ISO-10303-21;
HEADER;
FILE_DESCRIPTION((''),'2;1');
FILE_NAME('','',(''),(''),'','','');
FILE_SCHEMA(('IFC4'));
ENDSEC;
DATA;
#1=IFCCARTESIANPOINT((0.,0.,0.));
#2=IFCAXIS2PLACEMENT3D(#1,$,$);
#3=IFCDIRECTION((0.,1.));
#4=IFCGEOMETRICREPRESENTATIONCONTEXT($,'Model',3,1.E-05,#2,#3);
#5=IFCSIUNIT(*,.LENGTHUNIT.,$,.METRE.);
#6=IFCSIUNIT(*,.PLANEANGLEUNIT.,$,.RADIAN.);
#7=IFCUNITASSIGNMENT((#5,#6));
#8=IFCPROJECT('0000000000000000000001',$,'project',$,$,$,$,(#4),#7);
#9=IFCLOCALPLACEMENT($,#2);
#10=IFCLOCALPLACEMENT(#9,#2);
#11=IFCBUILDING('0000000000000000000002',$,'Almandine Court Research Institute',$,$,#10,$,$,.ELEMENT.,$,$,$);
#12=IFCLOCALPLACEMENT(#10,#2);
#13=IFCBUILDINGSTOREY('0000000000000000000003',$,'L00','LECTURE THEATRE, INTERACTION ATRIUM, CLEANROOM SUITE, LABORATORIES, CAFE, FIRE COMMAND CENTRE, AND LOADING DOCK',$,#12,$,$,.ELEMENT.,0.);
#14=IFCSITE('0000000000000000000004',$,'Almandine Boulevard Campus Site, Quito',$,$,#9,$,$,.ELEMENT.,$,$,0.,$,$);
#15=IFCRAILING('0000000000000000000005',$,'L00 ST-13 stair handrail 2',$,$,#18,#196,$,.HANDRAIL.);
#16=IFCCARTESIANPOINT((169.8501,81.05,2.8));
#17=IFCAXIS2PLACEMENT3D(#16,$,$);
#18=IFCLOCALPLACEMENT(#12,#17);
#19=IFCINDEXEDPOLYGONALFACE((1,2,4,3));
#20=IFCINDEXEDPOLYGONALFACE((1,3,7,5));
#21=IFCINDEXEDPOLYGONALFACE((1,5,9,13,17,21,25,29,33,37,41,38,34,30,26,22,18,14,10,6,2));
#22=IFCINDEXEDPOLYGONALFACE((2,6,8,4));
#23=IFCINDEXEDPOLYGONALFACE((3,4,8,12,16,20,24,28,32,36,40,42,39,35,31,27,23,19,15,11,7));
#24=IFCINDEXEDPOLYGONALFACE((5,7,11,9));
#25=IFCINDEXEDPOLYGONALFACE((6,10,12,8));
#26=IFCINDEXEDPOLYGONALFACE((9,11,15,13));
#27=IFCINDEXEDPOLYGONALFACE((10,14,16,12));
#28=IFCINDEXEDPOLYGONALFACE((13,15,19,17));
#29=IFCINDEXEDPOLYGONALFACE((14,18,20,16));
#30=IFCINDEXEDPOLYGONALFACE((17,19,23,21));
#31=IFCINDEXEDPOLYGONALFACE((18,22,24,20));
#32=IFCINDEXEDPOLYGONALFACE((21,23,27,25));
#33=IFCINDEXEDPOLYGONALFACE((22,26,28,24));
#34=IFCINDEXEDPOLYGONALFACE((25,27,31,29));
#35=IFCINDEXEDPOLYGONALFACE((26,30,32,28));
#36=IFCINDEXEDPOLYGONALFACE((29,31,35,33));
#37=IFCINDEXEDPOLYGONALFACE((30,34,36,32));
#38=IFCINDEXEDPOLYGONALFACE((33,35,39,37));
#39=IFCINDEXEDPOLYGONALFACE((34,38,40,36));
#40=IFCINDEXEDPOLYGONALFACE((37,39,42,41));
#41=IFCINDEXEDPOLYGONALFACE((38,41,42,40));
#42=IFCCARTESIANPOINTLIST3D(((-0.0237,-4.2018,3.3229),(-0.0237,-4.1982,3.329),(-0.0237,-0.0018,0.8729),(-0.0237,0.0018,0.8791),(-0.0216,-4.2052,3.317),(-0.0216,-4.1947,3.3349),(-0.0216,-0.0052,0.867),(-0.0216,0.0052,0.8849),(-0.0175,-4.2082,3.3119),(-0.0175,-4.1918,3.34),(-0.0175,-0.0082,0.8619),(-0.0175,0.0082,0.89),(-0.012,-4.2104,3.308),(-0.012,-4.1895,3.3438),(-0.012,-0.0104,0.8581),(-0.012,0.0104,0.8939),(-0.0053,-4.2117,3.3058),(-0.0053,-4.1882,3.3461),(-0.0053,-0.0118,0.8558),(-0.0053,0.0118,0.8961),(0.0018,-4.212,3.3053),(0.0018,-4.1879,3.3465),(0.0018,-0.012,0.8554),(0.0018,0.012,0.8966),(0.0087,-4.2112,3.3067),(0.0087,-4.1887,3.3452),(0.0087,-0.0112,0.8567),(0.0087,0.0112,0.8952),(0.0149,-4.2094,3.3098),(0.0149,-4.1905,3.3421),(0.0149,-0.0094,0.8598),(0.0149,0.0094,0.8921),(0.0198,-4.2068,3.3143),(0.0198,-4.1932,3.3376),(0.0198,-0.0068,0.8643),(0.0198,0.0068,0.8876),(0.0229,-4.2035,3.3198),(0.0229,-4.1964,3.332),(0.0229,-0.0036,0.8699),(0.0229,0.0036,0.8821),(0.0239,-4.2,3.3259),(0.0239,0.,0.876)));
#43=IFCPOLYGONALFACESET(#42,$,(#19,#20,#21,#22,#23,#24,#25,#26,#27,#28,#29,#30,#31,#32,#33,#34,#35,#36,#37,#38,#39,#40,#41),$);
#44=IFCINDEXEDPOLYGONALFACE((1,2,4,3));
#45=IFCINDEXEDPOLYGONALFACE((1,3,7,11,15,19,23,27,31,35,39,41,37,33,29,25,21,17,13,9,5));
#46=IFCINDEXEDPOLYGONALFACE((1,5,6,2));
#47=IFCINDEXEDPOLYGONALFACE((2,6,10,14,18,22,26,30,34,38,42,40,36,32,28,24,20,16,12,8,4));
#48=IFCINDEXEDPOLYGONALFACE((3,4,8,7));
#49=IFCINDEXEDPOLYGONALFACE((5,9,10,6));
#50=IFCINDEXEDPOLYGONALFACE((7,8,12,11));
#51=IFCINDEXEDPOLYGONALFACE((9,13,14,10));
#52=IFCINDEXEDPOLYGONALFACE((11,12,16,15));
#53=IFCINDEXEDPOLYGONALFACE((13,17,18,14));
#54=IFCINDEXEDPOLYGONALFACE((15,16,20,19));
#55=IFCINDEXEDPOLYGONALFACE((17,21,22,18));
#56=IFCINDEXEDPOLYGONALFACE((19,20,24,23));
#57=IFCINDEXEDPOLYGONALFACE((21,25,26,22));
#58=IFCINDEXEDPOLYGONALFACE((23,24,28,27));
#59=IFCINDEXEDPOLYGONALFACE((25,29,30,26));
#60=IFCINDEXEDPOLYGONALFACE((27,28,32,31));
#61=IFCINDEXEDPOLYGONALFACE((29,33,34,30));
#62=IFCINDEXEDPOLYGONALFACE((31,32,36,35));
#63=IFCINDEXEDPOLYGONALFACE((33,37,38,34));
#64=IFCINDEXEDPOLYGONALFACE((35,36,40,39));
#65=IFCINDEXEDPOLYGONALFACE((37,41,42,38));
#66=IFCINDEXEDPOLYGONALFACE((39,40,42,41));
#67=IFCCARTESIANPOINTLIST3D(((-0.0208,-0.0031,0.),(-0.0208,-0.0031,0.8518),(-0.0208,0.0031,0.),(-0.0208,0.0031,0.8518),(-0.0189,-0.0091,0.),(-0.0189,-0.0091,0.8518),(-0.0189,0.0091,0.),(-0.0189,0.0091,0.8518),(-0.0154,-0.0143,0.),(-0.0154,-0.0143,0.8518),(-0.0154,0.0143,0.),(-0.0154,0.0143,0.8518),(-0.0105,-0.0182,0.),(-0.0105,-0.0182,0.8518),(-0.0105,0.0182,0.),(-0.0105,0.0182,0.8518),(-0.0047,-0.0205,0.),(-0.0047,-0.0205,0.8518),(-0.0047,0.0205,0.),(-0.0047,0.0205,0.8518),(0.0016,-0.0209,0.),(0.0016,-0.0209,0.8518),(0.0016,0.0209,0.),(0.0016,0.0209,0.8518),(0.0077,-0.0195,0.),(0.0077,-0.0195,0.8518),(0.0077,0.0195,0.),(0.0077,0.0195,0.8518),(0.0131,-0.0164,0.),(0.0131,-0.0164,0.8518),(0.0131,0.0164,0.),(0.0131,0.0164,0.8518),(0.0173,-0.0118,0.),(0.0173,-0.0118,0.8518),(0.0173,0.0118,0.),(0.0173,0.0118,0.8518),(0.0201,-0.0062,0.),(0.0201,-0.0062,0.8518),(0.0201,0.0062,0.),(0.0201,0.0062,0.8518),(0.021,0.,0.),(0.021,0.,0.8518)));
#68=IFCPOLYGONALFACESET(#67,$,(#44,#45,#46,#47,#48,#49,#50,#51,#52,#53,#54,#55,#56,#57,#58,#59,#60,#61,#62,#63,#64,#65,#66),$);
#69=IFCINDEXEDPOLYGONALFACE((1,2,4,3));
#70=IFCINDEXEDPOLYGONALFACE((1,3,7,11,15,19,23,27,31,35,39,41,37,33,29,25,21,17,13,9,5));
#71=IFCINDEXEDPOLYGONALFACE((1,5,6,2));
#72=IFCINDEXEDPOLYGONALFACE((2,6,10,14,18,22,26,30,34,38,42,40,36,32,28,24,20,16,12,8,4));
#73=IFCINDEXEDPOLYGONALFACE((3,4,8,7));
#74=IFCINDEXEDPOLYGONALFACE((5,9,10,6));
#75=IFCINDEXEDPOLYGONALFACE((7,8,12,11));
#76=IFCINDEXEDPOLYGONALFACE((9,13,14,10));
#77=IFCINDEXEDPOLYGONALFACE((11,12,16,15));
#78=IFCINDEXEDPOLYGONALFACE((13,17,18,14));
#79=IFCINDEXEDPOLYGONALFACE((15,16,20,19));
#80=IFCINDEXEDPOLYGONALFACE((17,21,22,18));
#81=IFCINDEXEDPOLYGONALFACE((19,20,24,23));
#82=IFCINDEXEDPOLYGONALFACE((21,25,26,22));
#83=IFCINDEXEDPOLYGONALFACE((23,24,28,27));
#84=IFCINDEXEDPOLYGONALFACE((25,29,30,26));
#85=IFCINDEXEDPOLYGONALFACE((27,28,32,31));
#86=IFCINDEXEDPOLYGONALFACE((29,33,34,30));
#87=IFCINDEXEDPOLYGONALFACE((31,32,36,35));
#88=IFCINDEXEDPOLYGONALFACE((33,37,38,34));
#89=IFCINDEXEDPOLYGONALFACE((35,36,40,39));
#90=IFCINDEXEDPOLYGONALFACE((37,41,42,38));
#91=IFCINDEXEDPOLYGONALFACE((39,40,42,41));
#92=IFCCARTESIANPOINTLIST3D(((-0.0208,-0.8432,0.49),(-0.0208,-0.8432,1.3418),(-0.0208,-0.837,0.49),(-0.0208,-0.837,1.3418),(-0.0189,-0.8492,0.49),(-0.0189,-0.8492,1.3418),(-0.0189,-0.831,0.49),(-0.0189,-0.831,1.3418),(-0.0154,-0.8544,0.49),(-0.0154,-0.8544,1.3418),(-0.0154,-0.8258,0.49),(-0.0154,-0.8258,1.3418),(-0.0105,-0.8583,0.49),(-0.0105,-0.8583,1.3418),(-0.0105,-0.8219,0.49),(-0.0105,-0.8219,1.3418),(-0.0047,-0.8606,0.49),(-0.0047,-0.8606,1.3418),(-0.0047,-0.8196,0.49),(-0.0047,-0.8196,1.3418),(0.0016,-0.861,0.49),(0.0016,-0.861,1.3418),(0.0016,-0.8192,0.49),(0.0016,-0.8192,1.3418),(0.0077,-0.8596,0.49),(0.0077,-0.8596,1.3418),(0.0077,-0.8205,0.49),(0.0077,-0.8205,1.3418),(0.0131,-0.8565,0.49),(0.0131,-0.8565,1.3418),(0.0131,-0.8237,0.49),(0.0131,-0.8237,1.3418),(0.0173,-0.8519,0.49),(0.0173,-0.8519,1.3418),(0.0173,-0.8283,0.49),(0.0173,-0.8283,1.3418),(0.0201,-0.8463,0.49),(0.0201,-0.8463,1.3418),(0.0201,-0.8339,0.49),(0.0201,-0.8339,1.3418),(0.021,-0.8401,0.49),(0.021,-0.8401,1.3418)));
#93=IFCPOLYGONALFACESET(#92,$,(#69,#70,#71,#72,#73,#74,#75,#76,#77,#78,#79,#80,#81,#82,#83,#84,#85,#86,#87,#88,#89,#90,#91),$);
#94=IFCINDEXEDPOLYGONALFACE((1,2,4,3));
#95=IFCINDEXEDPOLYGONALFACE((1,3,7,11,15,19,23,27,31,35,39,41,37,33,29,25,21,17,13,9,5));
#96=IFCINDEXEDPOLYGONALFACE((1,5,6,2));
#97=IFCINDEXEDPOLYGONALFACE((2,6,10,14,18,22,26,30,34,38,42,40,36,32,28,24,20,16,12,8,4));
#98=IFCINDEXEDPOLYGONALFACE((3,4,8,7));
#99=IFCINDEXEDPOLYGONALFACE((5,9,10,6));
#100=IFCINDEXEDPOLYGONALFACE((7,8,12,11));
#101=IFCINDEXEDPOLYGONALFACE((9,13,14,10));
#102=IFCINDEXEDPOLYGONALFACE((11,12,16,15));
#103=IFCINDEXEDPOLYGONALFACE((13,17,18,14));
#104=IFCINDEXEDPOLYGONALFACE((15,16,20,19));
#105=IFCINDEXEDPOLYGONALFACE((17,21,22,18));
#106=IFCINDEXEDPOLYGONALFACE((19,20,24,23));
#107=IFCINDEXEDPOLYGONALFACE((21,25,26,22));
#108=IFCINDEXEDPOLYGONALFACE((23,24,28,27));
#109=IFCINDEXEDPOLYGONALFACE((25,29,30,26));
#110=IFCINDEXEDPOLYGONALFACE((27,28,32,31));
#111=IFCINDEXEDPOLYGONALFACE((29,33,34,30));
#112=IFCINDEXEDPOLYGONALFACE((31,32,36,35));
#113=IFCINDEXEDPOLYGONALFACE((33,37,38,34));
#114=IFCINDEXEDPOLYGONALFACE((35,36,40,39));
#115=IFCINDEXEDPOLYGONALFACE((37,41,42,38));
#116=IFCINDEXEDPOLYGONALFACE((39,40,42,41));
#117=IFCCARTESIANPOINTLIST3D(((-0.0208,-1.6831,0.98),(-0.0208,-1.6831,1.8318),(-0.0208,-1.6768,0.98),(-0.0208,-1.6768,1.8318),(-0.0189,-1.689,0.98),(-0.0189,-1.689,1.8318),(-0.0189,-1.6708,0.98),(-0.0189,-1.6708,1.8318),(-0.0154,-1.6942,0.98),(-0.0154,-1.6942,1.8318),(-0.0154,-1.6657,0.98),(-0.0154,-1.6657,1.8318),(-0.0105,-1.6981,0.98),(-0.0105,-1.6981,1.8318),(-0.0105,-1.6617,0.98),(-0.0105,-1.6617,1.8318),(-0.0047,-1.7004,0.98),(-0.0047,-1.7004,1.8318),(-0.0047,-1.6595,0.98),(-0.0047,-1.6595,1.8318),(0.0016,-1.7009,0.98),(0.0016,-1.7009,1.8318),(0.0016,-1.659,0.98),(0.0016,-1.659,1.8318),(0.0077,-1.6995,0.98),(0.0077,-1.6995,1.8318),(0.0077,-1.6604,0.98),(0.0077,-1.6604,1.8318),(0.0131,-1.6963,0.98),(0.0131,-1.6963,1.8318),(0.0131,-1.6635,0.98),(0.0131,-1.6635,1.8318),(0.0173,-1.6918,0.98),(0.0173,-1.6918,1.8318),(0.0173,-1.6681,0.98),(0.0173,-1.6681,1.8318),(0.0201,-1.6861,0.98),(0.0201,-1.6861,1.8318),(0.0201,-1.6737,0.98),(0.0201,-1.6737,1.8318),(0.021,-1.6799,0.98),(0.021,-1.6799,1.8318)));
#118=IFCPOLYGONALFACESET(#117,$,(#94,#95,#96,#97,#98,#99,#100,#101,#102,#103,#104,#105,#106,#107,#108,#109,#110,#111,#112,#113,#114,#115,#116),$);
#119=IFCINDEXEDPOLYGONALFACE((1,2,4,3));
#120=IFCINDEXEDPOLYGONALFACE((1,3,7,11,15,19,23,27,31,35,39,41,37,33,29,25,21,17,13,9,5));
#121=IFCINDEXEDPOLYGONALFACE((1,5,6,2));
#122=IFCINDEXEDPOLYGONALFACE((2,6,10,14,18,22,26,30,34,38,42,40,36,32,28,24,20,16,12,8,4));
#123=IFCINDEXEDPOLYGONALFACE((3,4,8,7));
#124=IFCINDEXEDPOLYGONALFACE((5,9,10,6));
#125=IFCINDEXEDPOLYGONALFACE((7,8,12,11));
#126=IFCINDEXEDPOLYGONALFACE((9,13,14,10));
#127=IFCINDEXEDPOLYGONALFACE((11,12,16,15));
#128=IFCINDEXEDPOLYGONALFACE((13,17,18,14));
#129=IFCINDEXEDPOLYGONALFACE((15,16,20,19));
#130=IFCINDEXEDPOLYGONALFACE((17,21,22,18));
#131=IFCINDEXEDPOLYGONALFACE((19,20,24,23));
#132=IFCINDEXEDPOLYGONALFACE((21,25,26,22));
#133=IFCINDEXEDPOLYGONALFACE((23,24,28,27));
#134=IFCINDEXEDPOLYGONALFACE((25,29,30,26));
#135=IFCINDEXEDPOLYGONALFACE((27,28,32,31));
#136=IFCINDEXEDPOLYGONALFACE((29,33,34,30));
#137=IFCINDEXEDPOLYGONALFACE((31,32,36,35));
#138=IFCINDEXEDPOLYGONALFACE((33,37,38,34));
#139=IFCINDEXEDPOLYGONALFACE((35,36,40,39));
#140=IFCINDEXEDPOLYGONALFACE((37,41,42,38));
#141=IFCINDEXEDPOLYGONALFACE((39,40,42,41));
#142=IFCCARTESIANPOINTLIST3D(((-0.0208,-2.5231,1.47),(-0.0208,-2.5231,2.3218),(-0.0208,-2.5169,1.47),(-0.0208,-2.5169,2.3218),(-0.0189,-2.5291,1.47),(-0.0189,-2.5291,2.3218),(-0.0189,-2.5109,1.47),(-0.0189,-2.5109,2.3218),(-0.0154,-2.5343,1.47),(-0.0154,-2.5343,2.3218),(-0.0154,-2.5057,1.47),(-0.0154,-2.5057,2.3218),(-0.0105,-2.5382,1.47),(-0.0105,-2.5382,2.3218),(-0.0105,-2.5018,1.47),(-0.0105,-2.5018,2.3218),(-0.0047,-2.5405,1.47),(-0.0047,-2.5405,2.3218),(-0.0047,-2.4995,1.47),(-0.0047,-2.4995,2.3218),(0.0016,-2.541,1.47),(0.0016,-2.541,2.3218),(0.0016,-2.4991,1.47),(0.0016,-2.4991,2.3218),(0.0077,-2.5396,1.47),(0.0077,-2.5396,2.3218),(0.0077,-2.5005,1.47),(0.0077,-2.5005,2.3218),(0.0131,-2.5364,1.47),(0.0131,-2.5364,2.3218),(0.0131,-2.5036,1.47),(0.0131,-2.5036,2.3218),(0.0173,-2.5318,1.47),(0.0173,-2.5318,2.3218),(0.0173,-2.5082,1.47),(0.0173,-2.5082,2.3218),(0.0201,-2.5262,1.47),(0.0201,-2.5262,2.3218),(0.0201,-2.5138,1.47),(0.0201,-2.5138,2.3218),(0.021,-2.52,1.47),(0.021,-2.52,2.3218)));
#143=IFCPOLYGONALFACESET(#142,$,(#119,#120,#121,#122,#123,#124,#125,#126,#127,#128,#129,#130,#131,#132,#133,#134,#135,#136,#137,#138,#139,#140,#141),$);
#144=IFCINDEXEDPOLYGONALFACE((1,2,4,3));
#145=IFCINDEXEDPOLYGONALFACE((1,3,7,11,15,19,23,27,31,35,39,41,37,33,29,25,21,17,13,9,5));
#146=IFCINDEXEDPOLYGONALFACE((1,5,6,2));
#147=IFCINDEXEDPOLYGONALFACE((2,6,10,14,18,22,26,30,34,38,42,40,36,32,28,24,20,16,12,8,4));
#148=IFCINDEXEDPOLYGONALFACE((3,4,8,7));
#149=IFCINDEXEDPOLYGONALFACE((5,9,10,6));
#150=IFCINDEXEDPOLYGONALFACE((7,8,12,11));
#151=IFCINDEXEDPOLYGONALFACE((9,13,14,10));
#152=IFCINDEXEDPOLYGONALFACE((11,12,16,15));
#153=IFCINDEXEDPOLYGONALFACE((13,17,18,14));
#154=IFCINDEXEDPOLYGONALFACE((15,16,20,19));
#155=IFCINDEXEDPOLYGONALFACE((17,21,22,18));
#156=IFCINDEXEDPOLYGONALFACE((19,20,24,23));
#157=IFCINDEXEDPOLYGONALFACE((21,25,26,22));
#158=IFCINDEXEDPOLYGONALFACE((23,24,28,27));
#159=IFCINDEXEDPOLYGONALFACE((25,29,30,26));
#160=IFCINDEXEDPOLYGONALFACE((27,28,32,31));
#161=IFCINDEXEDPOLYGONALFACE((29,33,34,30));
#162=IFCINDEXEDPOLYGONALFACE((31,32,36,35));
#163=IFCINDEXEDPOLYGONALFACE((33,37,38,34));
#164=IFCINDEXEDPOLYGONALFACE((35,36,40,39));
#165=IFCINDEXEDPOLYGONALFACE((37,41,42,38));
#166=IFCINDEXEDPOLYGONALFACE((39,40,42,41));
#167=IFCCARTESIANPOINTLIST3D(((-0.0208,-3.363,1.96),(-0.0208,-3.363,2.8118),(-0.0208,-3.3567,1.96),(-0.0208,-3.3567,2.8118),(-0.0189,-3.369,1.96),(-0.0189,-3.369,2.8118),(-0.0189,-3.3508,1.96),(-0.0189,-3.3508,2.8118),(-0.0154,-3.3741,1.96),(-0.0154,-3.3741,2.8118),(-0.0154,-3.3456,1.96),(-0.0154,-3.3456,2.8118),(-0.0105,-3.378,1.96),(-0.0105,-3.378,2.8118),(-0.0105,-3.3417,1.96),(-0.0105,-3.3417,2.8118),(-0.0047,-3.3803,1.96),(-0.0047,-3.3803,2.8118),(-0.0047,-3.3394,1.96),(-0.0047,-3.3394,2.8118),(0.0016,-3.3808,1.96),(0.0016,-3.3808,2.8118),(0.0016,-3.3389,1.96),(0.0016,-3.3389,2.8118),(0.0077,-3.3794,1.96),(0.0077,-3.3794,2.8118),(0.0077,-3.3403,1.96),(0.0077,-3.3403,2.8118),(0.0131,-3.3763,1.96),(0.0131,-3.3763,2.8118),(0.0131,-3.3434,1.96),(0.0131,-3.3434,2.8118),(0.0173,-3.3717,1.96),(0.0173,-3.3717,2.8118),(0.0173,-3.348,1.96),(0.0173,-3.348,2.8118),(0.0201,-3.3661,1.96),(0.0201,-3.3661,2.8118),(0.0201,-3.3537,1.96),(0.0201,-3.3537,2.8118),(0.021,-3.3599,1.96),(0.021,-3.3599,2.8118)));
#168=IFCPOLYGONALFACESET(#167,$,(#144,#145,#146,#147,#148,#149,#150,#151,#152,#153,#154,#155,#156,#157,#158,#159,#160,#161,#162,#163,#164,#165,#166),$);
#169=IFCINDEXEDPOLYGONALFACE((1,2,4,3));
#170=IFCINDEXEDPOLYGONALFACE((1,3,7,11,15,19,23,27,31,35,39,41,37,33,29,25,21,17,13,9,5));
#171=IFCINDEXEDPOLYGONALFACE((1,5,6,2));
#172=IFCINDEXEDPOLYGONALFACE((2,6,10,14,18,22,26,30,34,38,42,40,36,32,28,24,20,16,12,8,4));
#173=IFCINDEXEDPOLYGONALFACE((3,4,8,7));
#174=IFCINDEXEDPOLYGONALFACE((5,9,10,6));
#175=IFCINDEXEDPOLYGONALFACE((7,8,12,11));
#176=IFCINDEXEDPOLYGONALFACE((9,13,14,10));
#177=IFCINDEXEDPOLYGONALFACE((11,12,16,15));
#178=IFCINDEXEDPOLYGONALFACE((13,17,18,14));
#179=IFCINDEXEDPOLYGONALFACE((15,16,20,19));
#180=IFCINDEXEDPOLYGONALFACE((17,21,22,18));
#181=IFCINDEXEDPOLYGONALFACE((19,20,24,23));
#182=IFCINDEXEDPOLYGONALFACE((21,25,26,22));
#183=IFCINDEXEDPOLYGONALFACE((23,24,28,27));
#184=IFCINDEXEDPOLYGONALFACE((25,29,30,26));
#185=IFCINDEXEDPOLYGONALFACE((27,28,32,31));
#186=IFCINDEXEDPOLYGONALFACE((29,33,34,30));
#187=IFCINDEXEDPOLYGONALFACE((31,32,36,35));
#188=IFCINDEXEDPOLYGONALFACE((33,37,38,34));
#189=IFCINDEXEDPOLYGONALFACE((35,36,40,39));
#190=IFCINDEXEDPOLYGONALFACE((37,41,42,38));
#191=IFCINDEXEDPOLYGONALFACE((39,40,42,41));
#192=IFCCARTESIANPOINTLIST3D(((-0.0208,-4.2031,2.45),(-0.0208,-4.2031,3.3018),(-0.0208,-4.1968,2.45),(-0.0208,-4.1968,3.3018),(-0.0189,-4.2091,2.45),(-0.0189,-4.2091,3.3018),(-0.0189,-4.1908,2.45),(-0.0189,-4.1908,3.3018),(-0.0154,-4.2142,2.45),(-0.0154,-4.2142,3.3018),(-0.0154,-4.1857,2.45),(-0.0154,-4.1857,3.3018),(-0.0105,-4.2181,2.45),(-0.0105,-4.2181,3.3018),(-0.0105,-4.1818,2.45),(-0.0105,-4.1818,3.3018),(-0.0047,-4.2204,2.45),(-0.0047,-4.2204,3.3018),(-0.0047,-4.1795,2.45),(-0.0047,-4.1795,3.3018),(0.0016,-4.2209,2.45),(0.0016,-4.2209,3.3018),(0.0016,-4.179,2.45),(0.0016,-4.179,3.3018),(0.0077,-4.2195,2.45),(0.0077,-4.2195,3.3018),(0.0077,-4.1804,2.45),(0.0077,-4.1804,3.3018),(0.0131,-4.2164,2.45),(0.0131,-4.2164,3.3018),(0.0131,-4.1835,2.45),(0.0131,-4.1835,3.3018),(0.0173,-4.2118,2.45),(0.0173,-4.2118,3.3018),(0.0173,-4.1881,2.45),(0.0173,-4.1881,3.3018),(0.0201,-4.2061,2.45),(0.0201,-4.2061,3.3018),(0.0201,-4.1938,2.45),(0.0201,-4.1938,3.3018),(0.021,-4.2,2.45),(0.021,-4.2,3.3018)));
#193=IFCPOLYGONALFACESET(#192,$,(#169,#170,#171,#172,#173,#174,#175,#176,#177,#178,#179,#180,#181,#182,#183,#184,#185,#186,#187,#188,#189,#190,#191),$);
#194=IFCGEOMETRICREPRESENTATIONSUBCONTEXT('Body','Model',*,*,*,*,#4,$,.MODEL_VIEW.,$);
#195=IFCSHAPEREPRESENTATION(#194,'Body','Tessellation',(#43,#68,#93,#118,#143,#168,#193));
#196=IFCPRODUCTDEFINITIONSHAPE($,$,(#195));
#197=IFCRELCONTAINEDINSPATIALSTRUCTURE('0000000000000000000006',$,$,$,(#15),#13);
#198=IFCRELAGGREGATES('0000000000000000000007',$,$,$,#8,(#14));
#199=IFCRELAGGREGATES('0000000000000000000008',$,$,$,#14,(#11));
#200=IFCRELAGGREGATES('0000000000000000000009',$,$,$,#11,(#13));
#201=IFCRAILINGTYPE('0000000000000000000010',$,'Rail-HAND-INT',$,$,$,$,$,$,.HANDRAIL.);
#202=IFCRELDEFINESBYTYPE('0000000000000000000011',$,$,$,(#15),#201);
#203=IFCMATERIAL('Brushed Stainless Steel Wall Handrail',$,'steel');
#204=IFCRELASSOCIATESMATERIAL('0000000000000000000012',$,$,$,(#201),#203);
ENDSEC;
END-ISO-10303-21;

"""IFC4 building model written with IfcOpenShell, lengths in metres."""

from ifc_helpers import new_model, si_unit, direction, frame, origin, origin_2d, place, context, subcontext, project, spatial, circle, extrude, material, type_object, element, save


model = new_model("IFC4")

# Units and contexts
model_context = context("Model", 3, precision=1e-05, world=origin(), true_north=direction((0.0, 1.0)))
body_context = subcontext(model_context, "Body", "Model", "MODEL_VIEW")
ifc_project = project(units=[si_unit("LENGTHUNIT", "METRE"), si_unit("PLANEANGLEUNIT", "RADIAN")], contexts=[model_context])

# Site, building, storey
site_placement = place(None, origin())
site = spatial("IfcSite", under=ifc_project, at=site_placement, Name="Almandine Boulevard Campus Site, Quito", CompositionType="ELEMENT", RefElevation=0.0)
building_placement = place(site_placement, origin())
building = spatial("IfcBuilding", under=site, at=building_placement, Name="Almandine Court Research Institute", CompositionType="ELEMENT")
storey_placement = place(building_placement, origin())
storey = spatial("IfcBuildingStorey", under=building, at=storey_placement, Name="L00", Description="LECTURE THEATRE, INTERACTION ATRIUM, CLEANROOM SUITE, LABORATORIES, CAFE, FIRE COMMAND CENTRE, AND LOADING DOCK", CompositionType="ELEMENT", Elevation=0.0)

# Railing
ifc_material_1 = material(Name="Brushed Stainless Steel Wall Handrail", Category="steel")
railing_type_1 = type_object("IfcRailingType", Name="Rail-HAND-INT", PredefinedType="HANDRAIL", material=ifc_material_1)
railing_1_placement = place(storey_placement, frame((169.8501, 81.05, 2.8)))
element("IfcRailing", 1, at=railing_1_placement, inside=storey, type_object=railing_type_1, Name="L00 ST-13 stair handrail 2", PredefinedType="HANDRAIL", context=body_context, shape_type="SweptSolid", body=[
    extrude(circle(Radius=0.0239, at=origin_2d()), frame((0.0, 0.0, 0.876), z_axis=(0.0, -0.863781, 0.503868), x_axis=(1.0, 0.0, 0.0)), (0.0, 0.0, 1.0), 4.8623),
    extrude(circle(Radius=0.021, at=origin_2d()), origin(), (0.0, 0.0, 1.0), 0.8518),
    extrude(circle(Radius=0.021, at=origin_2d()), frame((0.0, -0.8401, 0.49)), (0.0, 0.0, 1.0), 0.8518),
    extrude(circle(Radius=0.021, at=origin_2d()), frame((0.0, -1.6799, 0.98)), (0.0, 0.0, 1.0), 0.8518),
    extrude(circle(Radius=0.021, at=origin_2d()), frame((0.0, -2.52, 1.47)), (0.0, 0.0, 1.0), 0.8518),
    extrude(circle(Radius=0.021, at=origin_2d()), frame((0.0, -3.3599, 1.96)), (0.0, 0.0, 1.0), 0.8518),
    extrude(circle(Radius=0.021, at=origin_2d()), frame((0.0, -4.2, 2.45)), (0.0, 0.0, 1.0), 0.8518),
])

save(model, "model.ifc")
